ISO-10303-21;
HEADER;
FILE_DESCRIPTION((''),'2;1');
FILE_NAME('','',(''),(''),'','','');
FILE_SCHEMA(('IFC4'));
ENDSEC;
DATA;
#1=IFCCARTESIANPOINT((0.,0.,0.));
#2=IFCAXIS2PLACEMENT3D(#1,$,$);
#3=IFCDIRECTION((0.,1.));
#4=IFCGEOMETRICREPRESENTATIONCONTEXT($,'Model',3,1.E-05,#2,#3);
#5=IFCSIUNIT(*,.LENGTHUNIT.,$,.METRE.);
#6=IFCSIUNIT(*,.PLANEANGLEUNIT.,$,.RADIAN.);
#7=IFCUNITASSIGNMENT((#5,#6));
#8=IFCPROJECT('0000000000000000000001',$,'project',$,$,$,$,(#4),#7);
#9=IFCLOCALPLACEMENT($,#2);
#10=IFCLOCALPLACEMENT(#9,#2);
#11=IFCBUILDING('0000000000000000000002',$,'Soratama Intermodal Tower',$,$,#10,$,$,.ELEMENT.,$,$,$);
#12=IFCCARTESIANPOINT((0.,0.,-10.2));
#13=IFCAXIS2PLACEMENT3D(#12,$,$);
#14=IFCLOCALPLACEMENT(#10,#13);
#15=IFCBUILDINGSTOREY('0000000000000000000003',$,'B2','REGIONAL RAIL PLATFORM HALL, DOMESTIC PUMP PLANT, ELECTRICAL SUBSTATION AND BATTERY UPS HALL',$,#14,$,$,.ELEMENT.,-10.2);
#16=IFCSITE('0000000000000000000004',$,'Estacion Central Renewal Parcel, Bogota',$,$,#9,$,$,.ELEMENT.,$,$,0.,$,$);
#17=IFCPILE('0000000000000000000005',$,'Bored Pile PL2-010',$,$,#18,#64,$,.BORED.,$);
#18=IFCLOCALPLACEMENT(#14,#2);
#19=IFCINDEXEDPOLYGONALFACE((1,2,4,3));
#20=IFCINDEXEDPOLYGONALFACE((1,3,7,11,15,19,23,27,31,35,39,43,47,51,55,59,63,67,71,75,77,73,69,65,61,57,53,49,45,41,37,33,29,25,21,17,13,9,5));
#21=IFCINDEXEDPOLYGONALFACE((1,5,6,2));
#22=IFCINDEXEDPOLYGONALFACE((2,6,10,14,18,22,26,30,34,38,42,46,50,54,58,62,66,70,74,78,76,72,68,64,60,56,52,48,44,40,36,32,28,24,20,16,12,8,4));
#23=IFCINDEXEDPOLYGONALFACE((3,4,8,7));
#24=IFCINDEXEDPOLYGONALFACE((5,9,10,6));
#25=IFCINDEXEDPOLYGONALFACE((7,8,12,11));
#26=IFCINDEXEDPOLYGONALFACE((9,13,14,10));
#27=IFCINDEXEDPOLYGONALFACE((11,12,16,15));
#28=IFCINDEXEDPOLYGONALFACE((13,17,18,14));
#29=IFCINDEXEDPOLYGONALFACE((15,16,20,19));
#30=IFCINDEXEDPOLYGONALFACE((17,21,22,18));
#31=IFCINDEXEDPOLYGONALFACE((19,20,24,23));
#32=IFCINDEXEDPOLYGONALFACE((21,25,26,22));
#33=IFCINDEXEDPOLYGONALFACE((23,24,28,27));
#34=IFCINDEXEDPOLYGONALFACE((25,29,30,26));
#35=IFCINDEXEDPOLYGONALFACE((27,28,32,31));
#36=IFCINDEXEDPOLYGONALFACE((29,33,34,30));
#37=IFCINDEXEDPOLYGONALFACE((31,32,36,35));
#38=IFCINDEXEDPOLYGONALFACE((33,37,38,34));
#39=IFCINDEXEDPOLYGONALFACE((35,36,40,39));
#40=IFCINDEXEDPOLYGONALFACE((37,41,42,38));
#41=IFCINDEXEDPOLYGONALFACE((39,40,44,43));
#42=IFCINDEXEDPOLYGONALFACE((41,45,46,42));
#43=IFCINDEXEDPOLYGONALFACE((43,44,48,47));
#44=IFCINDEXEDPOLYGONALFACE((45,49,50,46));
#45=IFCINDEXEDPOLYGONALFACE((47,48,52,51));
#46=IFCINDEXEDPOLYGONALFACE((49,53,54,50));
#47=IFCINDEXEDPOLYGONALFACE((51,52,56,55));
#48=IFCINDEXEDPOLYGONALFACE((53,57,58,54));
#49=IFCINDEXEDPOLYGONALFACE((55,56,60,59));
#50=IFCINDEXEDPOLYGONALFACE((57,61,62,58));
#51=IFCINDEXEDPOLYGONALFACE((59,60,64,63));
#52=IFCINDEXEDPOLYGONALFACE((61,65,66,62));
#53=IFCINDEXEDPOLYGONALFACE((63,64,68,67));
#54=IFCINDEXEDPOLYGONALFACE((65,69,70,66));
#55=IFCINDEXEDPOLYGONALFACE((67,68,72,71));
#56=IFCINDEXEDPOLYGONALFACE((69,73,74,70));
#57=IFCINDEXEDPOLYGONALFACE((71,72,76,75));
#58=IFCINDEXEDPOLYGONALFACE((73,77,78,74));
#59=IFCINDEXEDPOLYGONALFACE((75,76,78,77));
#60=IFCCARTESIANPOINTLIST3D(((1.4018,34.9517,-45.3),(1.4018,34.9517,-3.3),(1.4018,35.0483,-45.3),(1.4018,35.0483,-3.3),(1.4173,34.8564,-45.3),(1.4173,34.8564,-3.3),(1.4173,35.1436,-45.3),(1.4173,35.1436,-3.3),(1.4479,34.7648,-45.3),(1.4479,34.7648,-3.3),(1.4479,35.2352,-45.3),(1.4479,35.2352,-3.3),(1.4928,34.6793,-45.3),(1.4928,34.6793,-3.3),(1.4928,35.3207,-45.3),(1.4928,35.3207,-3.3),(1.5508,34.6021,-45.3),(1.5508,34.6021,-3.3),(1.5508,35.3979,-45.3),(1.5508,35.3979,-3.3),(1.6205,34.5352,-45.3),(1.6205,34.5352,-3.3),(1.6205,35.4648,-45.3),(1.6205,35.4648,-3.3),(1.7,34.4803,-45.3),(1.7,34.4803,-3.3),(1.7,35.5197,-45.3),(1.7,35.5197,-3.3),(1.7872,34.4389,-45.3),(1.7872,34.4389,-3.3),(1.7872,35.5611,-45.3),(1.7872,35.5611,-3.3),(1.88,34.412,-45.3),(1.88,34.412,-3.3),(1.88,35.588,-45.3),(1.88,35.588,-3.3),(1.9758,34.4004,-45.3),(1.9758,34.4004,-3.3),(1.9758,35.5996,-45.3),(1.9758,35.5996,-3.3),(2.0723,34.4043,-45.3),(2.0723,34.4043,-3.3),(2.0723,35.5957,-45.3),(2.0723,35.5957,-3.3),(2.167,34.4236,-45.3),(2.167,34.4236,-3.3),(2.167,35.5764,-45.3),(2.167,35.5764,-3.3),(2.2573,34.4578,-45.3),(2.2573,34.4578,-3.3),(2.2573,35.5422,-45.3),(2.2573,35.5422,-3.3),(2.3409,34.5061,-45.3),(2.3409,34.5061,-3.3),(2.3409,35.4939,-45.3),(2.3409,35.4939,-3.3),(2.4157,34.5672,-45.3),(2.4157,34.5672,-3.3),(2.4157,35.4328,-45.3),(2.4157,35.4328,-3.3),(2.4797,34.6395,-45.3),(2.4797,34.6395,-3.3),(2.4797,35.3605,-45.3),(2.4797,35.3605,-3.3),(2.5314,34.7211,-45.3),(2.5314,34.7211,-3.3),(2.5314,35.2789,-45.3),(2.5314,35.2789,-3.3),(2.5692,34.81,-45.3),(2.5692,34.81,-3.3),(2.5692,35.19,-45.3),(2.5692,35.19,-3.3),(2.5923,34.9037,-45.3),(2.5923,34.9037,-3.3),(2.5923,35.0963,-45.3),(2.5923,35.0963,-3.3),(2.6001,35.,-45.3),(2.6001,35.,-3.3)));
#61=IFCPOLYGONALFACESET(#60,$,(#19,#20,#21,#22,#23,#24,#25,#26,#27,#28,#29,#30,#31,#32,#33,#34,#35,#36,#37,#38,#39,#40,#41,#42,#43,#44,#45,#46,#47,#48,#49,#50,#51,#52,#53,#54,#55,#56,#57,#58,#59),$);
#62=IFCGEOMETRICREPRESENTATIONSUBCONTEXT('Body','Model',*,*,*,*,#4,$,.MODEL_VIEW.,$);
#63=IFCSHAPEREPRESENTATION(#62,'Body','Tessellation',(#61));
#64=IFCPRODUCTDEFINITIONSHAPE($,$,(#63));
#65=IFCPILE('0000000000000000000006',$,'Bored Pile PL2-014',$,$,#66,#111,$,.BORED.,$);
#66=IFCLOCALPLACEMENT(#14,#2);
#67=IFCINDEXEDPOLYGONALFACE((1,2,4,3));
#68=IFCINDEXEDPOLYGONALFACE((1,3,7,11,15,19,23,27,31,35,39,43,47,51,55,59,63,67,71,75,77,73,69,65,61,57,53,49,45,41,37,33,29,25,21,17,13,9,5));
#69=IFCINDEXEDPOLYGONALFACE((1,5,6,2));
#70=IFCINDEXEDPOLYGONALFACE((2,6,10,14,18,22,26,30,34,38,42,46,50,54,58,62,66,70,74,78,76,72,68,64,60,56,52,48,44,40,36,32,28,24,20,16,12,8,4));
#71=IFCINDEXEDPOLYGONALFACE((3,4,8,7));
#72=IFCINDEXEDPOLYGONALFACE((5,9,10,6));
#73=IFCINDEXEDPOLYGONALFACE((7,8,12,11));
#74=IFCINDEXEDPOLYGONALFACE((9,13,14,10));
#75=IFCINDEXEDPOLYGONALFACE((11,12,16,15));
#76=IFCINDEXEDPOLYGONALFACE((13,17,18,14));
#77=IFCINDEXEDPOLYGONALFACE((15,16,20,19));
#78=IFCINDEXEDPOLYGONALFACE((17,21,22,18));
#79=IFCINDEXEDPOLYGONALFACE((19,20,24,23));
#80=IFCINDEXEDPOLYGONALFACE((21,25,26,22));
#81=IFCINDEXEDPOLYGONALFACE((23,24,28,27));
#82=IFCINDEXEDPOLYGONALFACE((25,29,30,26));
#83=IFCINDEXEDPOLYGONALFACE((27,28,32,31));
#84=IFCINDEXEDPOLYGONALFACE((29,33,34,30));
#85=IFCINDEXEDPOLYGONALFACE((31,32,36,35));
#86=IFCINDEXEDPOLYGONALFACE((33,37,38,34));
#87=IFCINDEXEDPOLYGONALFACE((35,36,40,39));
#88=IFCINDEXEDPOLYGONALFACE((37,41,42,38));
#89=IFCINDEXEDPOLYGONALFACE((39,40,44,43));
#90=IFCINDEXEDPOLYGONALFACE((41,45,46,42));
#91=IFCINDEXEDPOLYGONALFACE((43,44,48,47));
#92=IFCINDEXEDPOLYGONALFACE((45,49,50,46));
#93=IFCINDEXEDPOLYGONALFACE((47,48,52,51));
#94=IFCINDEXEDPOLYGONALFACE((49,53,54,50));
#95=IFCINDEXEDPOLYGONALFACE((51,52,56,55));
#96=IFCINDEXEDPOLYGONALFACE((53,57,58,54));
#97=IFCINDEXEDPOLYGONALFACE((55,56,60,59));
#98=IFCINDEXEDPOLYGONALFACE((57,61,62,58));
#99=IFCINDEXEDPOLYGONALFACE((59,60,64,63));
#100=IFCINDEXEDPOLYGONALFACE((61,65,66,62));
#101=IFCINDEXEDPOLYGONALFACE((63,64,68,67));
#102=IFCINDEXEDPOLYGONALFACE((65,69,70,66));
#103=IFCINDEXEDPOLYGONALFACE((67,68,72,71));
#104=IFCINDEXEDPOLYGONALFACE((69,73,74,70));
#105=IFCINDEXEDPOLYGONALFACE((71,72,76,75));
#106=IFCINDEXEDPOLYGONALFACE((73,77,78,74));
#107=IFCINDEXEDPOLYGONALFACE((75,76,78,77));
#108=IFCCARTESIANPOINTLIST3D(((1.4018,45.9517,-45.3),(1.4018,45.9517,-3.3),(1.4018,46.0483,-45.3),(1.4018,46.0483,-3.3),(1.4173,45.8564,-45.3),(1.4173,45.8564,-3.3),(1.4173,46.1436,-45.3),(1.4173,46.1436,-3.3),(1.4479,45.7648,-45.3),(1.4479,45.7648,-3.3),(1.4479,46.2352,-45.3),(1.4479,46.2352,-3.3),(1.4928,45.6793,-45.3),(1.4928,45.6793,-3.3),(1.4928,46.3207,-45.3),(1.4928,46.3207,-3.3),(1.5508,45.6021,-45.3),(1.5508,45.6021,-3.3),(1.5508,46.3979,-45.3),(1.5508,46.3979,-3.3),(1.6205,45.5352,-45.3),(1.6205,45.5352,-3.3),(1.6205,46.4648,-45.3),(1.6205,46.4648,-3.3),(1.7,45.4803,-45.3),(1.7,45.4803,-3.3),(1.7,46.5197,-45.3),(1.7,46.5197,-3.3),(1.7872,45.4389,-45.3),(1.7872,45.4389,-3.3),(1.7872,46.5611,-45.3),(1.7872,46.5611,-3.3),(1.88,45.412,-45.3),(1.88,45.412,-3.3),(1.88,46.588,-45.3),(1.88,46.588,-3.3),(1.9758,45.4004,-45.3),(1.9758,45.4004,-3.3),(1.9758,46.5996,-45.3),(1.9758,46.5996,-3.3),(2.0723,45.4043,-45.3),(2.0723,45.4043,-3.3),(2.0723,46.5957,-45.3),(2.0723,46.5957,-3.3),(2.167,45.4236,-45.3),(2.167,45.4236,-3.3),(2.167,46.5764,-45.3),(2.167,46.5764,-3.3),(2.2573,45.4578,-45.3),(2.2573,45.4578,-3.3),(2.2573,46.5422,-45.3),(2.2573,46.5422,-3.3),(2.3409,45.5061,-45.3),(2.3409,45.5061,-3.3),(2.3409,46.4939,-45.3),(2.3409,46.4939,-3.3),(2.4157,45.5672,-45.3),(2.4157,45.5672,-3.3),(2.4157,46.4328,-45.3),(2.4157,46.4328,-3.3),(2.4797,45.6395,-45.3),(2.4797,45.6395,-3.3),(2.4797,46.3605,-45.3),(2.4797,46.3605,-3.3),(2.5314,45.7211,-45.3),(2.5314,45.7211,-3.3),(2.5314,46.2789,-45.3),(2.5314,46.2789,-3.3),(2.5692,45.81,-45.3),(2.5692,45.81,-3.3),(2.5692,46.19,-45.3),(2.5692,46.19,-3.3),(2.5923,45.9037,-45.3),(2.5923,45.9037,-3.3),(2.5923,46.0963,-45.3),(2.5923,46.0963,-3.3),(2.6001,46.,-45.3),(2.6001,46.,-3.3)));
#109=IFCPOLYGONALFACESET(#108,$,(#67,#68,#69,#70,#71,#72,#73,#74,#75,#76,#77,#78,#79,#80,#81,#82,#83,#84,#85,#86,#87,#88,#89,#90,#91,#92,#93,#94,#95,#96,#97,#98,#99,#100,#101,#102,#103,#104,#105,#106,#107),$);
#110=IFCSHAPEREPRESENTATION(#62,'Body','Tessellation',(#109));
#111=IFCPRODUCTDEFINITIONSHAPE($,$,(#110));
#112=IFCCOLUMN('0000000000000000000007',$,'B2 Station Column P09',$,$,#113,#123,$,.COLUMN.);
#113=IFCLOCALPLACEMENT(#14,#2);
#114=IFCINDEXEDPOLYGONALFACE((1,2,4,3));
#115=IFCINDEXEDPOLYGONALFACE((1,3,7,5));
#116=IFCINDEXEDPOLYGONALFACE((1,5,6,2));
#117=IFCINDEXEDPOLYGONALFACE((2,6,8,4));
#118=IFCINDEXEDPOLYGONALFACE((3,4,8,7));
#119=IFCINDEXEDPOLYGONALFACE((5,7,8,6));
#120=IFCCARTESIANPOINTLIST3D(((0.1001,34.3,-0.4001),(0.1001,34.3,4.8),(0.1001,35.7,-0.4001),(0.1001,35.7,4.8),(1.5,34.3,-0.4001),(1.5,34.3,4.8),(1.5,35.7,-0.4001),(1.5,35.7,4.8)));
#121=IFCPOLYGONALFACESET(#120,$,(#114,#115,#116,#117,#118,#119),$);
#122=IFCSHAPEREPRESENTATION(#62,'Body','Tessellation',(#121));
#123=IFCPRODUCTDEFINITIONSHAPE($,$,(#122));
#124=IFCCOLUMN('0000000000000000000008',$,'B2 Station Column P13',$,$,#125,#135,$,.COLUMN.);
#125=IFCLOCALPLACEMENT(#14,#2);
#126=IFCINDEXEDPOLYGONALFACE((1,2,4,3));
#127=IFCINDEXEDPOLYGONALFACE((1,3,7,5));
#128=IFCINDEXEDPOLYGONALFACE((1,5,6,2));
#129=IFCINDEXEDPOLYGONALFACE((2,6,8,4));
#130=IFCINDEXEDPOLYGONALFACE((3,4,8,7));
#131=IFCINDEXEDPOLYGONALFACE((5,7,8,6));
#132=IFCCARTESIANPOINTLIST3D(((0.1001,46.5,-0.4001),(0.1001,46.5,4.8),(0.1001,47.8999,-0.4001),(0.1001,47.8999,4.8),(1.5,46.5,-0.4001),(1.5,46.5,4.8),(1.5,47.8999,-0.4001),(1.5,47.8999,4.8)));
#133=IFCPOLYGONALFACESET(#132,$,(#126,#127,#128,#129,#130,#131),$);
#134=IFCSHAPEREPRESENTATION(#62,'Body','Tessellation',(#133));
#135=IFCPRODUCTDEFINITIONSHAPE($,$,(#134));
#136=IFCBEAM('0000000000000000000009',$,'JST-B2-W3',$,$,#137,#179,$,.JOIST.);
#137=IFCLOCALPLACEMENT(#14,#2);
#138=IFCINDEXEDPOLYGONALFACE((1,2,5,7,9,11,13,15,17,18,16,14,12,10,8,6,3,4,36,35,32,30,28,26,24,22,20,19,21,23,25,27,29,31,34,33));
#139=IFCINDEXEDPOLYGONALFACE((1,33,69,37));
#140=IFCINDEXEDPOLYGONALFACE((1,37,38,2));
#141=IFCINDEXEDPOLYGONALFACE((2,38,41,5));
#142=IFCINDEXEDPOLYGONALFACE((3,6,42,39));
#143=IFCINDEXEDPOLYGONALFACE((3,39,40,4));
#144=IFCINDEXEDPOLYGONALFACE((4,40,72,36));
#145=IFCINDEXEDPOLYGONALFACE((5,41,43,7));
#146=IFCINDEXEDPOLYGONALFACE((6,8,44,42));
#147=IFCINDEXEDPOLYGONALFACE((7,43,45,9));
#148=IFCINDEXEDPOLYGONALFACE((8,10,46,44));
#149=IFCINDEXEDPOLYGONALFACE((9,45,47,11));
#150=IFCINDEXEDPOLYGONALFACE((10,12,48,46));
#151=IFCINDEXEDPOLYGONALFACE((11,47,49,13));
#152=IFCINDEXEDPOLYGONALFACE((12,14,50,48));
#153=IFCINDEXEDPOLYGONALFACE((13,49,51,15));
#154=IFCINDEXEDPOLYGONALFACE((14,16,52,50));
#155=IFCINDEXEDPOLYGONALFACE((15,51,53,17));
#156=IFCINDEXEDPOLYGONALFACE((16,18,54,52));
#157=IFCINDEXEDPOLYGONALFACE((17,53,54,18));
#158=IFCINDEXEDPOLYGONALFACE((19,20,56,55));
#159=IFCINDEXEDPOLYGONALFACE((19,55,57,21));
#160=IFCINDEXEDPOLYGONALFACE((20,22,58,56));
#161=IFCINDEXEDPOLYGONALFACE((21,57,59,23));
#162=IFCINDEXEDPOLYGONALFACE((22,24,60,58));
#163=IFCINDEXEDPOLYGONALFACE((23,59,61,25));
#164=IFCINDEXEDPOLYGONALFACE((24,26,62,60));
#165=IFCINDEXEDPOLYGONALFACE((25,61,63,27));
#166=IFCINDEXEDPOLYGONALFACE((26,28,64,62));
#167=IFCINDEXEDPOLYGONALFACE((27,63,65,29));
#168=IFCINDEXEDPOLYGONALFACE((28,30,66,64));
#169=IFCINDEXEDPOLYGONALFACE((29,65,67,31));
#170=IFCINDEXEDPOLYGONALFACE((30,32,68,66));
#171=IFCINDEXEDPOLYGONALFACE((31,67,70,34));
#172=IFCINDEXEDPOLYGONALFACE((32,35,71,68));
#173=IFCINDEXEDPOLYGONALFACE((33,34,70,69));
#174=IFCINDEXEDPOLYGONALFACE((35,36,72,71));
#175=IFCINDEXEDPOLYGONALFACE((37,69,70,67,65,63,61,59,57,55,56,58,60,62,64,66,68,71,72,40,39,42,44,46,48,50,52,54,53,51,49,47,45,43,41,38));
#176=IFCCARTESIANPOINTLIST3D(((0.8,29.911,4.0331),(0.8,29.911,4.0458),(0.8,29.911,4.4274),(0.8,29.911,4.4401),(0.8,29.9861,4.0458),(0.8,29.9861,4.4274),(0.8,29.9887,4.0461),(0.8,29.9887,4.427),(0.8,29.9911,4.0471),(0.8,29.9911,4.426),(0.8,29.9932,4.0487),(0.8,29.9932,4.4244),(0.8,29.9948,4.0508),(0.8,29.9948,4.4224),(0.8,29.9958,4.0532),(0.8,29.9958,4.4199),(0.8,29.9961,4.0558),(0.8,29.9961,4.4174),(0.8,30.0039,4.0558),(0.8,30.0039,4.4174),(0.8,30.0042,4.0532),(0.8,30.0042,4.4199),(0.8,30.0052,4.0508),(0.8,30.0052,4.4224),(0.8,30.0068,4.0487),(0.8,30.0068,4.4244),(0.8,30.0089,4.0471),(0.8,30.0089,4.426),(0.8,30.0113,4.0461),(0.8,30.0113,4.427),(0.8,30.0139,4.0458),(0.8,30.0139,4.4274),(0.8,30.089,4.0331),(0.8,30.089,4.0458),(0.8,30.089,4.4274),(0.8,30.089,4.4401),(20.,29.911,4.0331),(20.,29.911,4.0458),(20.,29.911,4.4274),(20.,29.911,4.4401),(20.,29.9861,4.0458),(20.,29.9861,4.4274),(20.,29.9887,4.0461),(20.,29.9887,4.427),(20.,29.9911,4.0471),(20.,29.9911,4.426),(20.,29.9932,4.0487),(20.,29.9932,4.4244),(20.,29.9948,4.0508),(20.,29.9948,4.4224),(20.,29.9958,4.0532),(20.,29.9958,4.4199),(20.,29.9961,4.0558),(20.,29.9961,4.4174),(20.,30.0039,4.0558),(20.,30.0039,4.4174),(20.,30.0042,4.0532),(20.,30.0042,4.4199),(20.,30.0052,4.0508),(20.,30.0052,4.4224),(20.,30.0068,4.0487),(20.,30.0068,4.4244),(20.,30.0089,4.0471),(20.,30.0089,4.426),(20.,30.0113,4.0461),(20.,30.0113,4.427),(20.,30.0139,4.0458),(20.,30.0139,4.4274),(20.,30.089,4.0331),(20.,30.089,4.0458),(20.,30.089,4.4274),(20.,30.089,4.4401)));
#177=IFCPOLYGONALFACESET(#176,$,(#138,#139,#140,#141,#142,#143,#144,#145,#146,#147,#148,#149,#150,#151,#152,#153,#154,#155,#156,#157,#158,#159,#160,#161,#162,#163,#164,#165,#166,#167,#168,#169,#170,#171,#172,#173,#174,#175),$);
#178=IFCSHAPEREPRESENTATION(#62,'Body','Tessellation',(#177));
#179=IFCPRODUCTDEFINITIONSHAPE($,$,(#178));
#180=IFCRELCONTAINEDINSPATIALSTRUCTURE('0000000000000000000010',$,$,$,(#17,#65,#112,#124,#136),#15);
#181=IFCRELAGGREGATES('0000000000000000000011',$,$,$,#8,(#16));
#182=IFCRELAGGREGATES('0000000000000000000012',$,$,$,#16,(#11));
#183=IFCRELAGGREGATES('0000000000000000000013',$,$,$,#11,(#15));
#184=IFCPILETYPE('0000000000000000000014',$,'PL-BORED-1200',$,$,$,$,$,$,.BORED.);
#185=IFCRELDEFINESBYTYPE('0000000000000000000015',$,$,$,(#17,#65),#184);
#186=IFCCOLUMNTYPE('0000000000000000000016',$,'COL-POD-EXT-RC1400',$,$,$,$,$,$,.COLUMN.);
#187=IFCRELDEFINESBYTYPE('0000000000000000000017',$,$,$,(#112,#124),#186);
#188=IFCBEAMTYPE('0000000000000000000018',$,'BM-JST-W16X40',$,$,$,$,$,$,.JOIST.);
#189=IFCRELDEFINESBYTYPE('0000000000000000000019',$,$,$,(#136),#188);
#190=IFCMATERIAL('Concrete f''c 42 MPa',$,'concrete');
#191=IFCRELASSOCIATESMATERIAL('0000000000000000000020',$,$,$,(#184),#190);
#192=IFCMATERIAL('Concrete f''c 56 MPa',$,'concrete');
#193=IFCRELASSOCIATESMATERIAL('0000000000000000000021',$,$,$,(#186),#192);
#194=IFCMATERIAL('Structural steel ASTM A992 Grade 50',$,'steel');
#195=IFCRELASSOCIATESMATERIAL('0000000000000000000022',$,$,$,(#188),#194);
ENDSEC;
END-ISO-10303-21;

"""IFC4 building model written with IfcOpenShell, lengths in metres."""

from ifc_helpers import new_model, si_unit, direction, frame, origin, origin_2d, place, context, subcontext, project, spatial, rectangle, circle, i_section, extrude, material, material_profile, profile_set, type_object, element, save


model = new_model("IFC4")

# Units and contexts
model_context = context("Model", 3, precision=1e-05, world=origin(), true_north=direction((0.0, 1.0)))
body_context = subcontext(model_context, "Body", "Model", "MODEL_VIEW")
ifc_project = project(units=[si_unit("LENGTHUNIT", "METRE"), si_unit("PLANEANGLEUNIT", "RADIAN")], contexts=[model_context])

# Site, building, storey
site_placement = place(None, origin())
site = spatial("IfcSite", under=ifc_project, at=site_placement, Name="Estacion Central Renewal Parcel, Bogota", CompositionType="ELEMENT", RefElevation=0.0)
building_placement = place(site_placement, origin())
building = spatial("IfcBuilding", under=site, at=building_placement, Name="Soratama Intermodal Tower", CompositionType="ELEMENT")
storey_placement = place(building_placement, frame((0.0, 0.0, -10.2)))
storey = spatial("IfcBuildingStorey", under=building, at=storey_placement, Name="B2", Description="REGIONAL RAIL PLATFORM HALL, DOMESTIC PUMP PLANT, ELECTRICAL SUBSTATION AND BATTERY UPS HALL", CompositionType="ELEMENT", Elevation=-10.2)

# Piles
ifc_material_1 = material(Name="Concrete f'c 42 MPa", Category="concrete")
ifc_material_profile_1 = material_profile(ifc_material_1, circle(Radius=0.6001, at=origin_2d()), Name="PILE1200")
ifc_profile_set_1 = profile_set([ifc_material_profile_1], Name="Concrete f'c 42 MPa")
pile_type = type_object("IfcPileType", Name="PL-BORED-1200", PredefinedType="BORED", material=ifc_profile_set_1)
for number, where, z_axis, x_axis, name in (
    (1, (2.0, 35.0, -3.3), (0.0, 0.0, -1.0), (1.0, 0.0, 0.0), "Bored Pile PL2-010"),
    (2, (2.0, 46.0, -3.3), (0.0, 0.0, -1.0), (1.0, 0.0, 0.0), "Bored Pile PL2-014"),
):
    element("IfcPile", number, at=place(storey_placement, frame(where, z_axis=z_axis, x_axis=x_axis)), inside=storey, type_object=pile_type, Name=name, PredefinedType="BORED", context=body_context, shape_type="SweptSolid", body=[
        extrude(circle(Radius=0.6001, at=origin_2d()), origin(), (0.0, 0.0, 1.0), 42.0),
    ])

# Columns
ifc_material_2 = material(Name="Concrete f'c 56 MPa", Category="concrete")
ifc_material_profile_2 = material_profile(ifc_material_2, rectangle(XDim=1.3999, YDim=1.3999, at=origin_2d()), Name="RC1400X1400")
ifc_profile_set_2 = profile_set([ifc_material_profile_2], Name="Concrete f'c 56 MPa")
column_type = type_object("IfcColumnType", Name="COL-POD-EXT-RC1400", PredefinedType="COLUMN", material=ifc_profile_set_2)
for number, where, z_axis, x_axis, name in (
    (3, (0.8, 35.0, -0.4001), (0.0, 0.0, 1.0), (1.0, 0.0, 0.0), "B2 Station Column P09"),
    (4, (0.8, 47.2, -0.4001), (0.0, 0.0, 1.0), (1.0, 0.0, 0.0), "B2 Station Column P13"),
):
    element("IfcColumn", number, at=place(storey_placement, frame(where, z_axis=z_axis, x_axis=x_axis)), inside=storey, type_object=column_type, Name=name, PredefinedType="COLUMN", context=body_context, shape_type="SweptSolid", body=[
        extrude(rectangle(XDim=1.3999, YDim=1.3999, at=origin_2d()), origin(), (0.0, 0.0, 1.0), 5.2002),
    ])

# Beam
ifc_material_3 = material(Name="Structural steel ASTM A992 Grade 50", Category="steel")
ifc_material_profile_3 = material_profile(ifc_material_3, i_section(OverallWidth=0.178, OverallDepth=0.407, WebThickness=0.0078, FlangeThickness=0.0127, FilletRadius=0.01, at=origin_2d()), Name="W16X40")
ifc_profile_set_3 = profile_set([ifc_material_profile_3], Name="Structural steel ASTM A992 Grade 50")
beam_type_1 = type_object("IfcBeamType", Name="BM-JST-W16X40", PredefinedType="JOIST", material=ifc_profile_set_3)
for number, where, z_axis, x_axis, name in (
    (5, (0.8, 30.0, 4.2366), (1.0, 0.0, 0.0), (0.0, 1.0, 0.0), "JST-B2-W3"),
):
    element("IfcBeam", number, at=place(storey_placement, frame(where, z_axis=z_axis, x_axis=x_axis)), inside=storey, type_object=beam_type_1, Name=name, PredefinedType="JOIST", context=body_context, shape_type="SweptSolid", body=[
        extrude(i_section(OverallWidth=0.178, OverallDepth=0.407, WebThickness=0.0078, FlangeThickness=0.0127, FilletRadius=0.01, at=origin_2d()), origin(), (0.0, 0.0, 1.0), 19.2),
    ])

save(model, "model.ifc")
